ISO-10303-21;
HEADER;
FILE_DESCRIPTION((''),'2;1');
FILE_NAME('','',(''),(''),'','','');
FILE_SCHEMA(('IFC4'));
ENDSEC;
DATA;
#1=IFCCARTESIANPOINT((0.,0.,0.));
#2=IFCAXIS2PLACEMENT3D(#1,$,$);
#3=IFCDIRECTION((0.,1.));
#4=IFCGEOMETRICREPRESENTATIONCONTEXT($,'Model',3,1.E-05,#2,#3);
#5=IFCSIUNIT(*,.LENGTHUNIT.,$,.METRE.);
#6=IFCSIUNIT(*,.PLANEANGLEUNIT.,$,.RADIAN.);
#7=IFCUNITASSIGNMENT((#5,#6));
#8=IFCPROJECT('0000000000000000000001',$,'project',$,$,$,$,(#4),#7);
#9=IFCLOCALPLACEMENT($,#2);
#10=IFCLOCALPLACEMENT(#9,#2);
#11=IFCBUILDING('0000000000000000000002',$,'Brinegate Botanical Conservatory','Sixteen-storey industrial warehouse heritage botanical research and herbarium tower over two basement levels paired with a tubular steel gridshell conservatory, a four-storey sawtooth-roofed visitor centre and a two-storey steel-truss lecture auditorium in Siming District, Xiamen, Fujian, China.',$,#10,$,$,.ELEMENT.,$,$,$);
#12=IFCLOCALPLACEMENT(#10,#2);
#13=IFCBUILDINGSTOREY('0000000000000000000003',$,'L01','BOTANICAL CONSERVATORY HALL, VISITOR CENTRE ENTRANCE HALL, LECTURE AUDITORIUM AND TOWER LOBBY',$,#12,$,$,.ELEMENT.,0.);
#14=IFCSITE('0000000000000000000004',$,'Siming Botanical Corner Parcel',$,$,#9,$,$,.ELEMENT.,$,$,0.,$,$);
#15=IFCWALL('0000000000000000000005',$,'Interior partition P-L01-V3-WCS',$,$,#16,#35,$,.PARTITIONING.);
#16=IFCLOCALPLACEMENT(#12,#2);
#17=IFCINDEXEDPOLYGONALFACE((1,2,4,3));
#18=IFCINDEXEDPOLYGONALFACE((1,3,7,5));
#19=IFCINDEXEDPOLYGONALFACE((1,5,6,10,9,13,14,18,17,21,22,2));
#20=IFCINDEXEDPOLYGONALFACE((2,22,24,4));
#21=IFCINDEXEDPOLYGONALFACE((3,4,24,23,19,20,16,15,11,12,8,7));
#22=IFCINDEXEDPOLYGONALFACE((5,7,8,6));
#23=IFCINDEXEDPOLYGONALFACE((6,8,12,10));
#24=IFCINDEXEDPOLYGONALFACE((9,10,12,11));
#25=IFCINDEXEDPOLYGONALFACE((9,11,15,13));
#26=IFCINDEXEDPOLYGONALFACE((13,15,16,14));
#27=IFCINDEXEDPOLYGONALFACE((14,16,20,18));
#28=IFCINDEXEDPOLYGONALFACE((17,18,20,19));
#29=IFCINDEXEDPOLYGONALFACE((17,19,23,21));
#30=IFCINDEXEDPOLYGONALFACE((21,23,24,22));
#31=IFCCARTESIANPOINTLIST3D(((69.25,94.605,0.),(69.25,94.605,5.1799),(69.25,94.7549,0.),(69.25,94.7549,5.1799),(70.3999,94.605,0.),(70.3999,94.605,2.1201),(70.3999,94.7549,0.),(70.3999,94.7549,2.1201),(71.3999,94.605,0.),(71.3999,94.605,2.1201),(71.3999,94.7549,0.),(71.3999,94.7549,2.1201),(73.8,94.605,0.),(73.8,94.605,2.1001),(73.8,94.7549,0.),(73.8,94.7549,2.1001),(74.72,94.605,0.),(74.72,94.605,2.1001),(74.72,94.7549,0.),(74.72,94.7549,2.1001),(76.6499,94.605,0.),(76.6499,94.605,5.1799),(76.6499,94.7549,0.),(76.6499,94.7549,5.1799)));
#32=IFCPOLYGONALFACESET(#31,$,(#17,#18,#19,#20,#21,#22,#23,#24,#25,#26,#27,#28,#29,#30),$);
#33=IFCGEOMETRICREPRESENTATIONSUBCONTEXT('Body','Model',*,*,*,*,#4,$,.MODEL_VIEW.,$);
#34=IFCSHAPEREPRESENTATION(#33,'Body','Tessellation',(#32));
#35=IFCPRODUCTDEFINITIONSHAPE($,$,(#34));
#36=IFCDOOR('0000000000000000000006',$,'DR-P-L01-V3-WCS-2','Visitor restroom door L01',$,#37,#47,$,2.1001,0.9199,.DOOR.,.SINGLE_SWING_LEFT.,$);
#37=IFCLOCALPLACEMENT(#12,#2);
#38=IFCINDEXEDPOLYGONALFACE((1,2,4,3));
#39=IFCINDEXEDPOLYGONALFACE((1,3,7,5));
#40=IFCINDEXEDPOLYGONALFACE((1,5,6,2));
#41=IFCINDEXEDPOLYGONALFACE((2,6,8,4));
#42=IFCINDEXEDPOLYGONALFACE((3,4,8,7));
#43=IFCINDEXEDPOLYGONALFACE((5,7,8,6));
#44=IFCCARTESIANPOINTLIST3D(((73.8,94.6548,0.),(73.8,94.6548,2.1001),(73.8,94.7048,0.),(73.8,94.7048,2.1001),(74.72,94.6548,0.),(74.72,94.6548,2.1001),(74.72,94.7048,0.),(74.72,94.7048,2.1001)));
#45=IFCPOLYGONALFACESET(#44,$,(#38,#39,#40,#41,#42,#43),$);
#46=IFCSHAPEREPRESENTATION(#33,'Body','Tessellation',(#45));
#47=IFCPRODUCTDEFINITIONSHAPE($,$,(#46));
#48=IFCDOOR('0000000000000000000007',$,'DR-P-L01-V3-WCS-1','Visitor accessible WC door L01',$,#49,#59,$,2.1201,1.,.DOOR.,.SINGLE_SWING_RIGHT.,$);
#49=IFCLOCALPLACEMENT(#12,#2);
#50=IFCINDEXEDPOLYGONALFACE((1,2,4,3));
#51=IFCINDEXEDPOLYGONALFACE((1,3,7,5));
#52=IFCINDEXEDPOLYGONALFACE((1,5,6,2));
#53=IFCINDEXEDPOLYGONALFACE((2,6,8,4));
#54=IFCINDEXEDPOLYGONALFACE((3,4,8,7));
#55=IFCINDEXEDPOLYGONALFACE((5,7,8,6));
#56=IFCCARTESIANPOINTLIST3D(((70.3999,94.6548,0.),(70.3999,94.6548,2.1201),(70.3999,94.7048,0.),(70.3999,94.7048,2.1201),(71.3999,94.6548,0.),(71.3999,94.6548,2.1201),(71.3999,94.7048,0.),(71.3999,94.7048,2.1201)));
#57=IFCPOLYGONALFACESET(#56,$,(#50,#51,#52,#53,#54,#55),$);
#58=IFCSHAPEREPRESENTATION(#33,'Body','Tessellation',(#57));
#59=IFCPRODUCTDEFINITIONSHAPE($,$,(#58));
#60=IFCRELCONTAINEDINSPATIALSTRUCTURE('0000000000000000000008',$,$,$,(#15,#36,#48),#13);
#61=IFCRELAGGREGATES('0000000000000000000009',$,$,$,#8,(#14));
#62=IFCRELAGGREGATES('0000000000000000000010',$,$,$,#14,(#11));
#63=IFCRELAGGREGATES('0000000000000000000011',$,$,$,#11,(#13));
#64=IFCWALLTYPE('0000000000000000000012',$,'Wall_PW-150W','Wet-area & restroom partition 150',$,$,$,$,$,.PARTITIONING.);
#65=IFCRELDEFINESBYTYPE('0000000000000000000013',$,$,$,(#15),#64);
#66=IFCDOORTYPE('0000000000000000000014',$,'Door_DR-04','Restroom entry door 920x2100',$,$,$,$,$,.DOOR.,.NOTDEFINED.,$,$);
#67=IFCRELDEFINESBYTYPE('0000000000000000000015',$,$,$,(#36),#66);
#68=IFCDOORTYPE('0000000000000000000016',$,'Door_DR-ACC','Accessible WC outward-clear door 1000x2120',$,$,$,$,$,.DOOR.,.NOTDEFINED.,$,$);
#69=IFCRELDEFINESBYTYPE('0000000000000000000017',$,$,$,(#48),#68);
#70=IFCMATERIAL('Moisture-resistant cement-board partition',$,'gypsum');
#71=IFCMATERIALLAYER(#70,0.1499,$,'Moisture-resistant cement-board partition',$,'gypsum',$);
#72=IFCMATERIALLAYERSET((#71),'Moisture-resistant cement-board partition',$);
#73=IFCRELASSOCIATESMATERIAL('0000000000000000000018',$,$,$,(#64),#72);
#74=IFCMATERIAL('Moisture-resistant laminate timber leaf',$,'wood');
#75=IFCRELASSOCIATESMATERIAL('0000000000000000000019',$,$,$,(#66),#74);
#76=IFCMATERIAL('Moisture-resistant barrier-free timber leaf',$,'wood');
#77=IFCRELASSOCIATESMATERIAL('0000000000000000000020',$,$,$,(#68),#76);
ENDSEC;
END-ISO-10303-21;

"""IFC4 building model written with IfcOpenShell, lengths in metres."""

from ifc_helpers import new_model, si_unit, direction, frame, frame_2d, origin, place, context, subcontext, project, spatial, rectangle, extrude, material, layer, layer_set, type_object, element, fill, save


model = new_model("IFC4")

# Units and contexts
model_context = context("Model", 3, precision=1e-05, world=origin(), true_north=direction((0.0, 1.0)))
body_context = subcontext(model_context, "Body", "Model", "MODEL_VIEW")
ifc_project = project(units=[si_unit("LENGTHUNIT", "METRE"), si_unit("PLANEANGLEUNIT", "RADIAN")], contexts=[model_context])

# Site, building, storey
site_placement = place(None, origin())
site = spatial("IfcSite", under=ifc_project, at=site_placement, Name="Siming Botanical Corner Parcel", CompositionType="ELEMENT", RefElevation=0.0)
building_placement = place(site_placement, origin())
building = spatial("IfcBuilding", under=site, at=building_placement, Name="Brinegate Botanical Conservatory", Description="Sixteen-storey industrial warehouse heritage botanical research and herbarium tower over two basement levels paired with a tubular steel gridshell conservatory, a four-storey sawtooth-roofed visitor centre and a two-storey steel-truss lecture auditorium in Siming District, Xiamen, Fujian, China.", CompositionType="ELEMENT")
storey_placement = place(building_placement, origin())
storey = spatial("IfcBuildingStorey", under=building, at=storey_placement, Name="L01", Description="BOTANICAL CONSERVATORY HALL, VISITOR CENTRE ENTRANCE HALL, LECTURE AUDITORIUM AND TOWER LOBBY", CompositionType="ELEMENT", Elevation=0.0)

# Wall, openings, doors
ifc_material_1 = material(Name="Moisture-resistant cement-board partition", Category="gypsum")
ifc_layer_1 = layer(ifc_material_1, 0.1499, Name="Moisture-resistant cement-board partition", Category="gypsum")
ifc_layer_set_1 = layer_set([ifc_layer_1], Name="Moisture-resistant cement-board partition")
wall_type_1 = type_object("IfcWallType", Name="Wall_PW-150W", Description="Wet-area & restroom partition 150", PredefinedType="PARTITIONING", material=ifc_layer_set_1)
wall_1_placement = place(storey_placement, frame((69.25, 94.6799, 0.0), z_axis=(0.0, 0.0, 1.0), x_axis=(1.0, 0.0, 0.0)))
wall_1 = element("IfcWall", 1, at=wall_1_placement, inside=storey, type_object=wall_type_1, Name="Interior partition P-L01-V3-WCS", PredefinedType="PARTITIONING", context=body_context, shape_type="SweptSolid", body=[
    extrude(rectangle(XDim=7.3999, YDim=0.1499, at=frame_2d((3.7, 0.0))), origin(), (0.0, 0.0, 1.0), 5.1799),
])
opening_1_placement = place(wall_1_placement, frame((1.1499, 0.0, 0.0)))
opening_1 = element("IfcOpeningElement", 2, at=opening_1_placement, cuts=wall_1, PredefinedType="OPENING", context=body_context, shape_type="SweptSolid", body=[
    extrude(rectangle(XDim=1.0, YDim=2.1201, at=frame_2d((0.5, 1.0601))), frame((0.0, 0.085, 0.0), z_axis=(0.0, -1.0, 0.0), x_axis=(1.0, 0.0, 0.0)), (0.0, 0.0, 1.0), 0.1699),
])
opening_2_placement = place(wall_1_placement, frame((4.55, 0.0, 0.0)))
opening_2 = element("IfcOpeningElement", 3, at=opening_2_placement, cuts=wall_1, PredefinedType="OPENING", context=body_context, shape_type="SweptSolid", body=[
    extrude(rectangle(XDim=0.9199, YDim=2.1001, at=frame_2d((0.46, 1.05))), frame((0.0, 0.085, 0.0), z_axis=(0.0, -1.0, 0.0), x_axis=(1.0, 0.0, 0.0)), (0.0, 0.0, 1.0), 0.1699),
])
ifc_material_2 = material(Name="Moisture-resistant laminate timber leaf", Category="wood")
door_type_1 = type_object("IfcDoorType", Name="Door_DR-04", Description="Restroom entry door 920x2100", OperationType="NOTDEFINED", PredefinedType="DOOR", material=ifc_material_2)
door_1_placement = place(opening_2_placement, origin())
door_1 = element("IfcDoor", 4, at=door_1_placement, inside=storey, type_object=door_type_1, Name="DR-P-L01-V3-WCS-2", Description="Visitor restroom door L01", OperationType="SINGLE_SWING_LEFT", OverallHeight=2.1001, OverallWidth=0.9199, PredefinedType="DOOR", context=body_context, shape_type="SweptSolid", body=[
    extrude(rectangle(XDim=0.9199, YDim=2.1001, at=frame_2d((0.46, 1.05))), frame((0.0, 0.0249, 0.0), z_axis=(0.0, -1.0, 0.0), x_axis=(1.0, 0.0, 0.0)), (0.0, 0.0, 1.0), 0.05),
])
fill(opening_2, door_1)
ifc_material_3 = material(Name="Moisture-resistant barrier-free timber leaf", Category="wood")
door_type_2 = type_object("IfcDoorType", Name="Door_DR-ACC", Description="Accessible WC outward-clear door 1000x2120", OperationType="NOTDEFINED", PredefinedType="DOOR", material=ifc_material_3)
door_2_placement = place(opening_1_placement, origin())
door_2 = element("IfcDoor", 5, at=door_2_placement, inside=storey, type_object=door_type_2, Name="DR-P-L01-V3-WCS-1", Description="Visitor accessible WC door L01", OperationType="SINGLE_SWING_RIGHT", OverallHeight=2.1201, OverallWidth=1.0, PredefinedType="DOOR", context=body_context, shape_type="SweptSolid", body=[
    extrude(rectangle(XDim=1.0, YDim=2.1201, at=frame_2d((0.5, 1.0601))), frame((0.0, 0.0249, 0.0), z_axis=(0.0, -1.0, 0.0), x_axis=(1.0, 0.0, 0.0)), (0.0, 0.0, 1.0), 0.05),
])
fill(opening_1, door_2)

save(model, "model.ifc")
